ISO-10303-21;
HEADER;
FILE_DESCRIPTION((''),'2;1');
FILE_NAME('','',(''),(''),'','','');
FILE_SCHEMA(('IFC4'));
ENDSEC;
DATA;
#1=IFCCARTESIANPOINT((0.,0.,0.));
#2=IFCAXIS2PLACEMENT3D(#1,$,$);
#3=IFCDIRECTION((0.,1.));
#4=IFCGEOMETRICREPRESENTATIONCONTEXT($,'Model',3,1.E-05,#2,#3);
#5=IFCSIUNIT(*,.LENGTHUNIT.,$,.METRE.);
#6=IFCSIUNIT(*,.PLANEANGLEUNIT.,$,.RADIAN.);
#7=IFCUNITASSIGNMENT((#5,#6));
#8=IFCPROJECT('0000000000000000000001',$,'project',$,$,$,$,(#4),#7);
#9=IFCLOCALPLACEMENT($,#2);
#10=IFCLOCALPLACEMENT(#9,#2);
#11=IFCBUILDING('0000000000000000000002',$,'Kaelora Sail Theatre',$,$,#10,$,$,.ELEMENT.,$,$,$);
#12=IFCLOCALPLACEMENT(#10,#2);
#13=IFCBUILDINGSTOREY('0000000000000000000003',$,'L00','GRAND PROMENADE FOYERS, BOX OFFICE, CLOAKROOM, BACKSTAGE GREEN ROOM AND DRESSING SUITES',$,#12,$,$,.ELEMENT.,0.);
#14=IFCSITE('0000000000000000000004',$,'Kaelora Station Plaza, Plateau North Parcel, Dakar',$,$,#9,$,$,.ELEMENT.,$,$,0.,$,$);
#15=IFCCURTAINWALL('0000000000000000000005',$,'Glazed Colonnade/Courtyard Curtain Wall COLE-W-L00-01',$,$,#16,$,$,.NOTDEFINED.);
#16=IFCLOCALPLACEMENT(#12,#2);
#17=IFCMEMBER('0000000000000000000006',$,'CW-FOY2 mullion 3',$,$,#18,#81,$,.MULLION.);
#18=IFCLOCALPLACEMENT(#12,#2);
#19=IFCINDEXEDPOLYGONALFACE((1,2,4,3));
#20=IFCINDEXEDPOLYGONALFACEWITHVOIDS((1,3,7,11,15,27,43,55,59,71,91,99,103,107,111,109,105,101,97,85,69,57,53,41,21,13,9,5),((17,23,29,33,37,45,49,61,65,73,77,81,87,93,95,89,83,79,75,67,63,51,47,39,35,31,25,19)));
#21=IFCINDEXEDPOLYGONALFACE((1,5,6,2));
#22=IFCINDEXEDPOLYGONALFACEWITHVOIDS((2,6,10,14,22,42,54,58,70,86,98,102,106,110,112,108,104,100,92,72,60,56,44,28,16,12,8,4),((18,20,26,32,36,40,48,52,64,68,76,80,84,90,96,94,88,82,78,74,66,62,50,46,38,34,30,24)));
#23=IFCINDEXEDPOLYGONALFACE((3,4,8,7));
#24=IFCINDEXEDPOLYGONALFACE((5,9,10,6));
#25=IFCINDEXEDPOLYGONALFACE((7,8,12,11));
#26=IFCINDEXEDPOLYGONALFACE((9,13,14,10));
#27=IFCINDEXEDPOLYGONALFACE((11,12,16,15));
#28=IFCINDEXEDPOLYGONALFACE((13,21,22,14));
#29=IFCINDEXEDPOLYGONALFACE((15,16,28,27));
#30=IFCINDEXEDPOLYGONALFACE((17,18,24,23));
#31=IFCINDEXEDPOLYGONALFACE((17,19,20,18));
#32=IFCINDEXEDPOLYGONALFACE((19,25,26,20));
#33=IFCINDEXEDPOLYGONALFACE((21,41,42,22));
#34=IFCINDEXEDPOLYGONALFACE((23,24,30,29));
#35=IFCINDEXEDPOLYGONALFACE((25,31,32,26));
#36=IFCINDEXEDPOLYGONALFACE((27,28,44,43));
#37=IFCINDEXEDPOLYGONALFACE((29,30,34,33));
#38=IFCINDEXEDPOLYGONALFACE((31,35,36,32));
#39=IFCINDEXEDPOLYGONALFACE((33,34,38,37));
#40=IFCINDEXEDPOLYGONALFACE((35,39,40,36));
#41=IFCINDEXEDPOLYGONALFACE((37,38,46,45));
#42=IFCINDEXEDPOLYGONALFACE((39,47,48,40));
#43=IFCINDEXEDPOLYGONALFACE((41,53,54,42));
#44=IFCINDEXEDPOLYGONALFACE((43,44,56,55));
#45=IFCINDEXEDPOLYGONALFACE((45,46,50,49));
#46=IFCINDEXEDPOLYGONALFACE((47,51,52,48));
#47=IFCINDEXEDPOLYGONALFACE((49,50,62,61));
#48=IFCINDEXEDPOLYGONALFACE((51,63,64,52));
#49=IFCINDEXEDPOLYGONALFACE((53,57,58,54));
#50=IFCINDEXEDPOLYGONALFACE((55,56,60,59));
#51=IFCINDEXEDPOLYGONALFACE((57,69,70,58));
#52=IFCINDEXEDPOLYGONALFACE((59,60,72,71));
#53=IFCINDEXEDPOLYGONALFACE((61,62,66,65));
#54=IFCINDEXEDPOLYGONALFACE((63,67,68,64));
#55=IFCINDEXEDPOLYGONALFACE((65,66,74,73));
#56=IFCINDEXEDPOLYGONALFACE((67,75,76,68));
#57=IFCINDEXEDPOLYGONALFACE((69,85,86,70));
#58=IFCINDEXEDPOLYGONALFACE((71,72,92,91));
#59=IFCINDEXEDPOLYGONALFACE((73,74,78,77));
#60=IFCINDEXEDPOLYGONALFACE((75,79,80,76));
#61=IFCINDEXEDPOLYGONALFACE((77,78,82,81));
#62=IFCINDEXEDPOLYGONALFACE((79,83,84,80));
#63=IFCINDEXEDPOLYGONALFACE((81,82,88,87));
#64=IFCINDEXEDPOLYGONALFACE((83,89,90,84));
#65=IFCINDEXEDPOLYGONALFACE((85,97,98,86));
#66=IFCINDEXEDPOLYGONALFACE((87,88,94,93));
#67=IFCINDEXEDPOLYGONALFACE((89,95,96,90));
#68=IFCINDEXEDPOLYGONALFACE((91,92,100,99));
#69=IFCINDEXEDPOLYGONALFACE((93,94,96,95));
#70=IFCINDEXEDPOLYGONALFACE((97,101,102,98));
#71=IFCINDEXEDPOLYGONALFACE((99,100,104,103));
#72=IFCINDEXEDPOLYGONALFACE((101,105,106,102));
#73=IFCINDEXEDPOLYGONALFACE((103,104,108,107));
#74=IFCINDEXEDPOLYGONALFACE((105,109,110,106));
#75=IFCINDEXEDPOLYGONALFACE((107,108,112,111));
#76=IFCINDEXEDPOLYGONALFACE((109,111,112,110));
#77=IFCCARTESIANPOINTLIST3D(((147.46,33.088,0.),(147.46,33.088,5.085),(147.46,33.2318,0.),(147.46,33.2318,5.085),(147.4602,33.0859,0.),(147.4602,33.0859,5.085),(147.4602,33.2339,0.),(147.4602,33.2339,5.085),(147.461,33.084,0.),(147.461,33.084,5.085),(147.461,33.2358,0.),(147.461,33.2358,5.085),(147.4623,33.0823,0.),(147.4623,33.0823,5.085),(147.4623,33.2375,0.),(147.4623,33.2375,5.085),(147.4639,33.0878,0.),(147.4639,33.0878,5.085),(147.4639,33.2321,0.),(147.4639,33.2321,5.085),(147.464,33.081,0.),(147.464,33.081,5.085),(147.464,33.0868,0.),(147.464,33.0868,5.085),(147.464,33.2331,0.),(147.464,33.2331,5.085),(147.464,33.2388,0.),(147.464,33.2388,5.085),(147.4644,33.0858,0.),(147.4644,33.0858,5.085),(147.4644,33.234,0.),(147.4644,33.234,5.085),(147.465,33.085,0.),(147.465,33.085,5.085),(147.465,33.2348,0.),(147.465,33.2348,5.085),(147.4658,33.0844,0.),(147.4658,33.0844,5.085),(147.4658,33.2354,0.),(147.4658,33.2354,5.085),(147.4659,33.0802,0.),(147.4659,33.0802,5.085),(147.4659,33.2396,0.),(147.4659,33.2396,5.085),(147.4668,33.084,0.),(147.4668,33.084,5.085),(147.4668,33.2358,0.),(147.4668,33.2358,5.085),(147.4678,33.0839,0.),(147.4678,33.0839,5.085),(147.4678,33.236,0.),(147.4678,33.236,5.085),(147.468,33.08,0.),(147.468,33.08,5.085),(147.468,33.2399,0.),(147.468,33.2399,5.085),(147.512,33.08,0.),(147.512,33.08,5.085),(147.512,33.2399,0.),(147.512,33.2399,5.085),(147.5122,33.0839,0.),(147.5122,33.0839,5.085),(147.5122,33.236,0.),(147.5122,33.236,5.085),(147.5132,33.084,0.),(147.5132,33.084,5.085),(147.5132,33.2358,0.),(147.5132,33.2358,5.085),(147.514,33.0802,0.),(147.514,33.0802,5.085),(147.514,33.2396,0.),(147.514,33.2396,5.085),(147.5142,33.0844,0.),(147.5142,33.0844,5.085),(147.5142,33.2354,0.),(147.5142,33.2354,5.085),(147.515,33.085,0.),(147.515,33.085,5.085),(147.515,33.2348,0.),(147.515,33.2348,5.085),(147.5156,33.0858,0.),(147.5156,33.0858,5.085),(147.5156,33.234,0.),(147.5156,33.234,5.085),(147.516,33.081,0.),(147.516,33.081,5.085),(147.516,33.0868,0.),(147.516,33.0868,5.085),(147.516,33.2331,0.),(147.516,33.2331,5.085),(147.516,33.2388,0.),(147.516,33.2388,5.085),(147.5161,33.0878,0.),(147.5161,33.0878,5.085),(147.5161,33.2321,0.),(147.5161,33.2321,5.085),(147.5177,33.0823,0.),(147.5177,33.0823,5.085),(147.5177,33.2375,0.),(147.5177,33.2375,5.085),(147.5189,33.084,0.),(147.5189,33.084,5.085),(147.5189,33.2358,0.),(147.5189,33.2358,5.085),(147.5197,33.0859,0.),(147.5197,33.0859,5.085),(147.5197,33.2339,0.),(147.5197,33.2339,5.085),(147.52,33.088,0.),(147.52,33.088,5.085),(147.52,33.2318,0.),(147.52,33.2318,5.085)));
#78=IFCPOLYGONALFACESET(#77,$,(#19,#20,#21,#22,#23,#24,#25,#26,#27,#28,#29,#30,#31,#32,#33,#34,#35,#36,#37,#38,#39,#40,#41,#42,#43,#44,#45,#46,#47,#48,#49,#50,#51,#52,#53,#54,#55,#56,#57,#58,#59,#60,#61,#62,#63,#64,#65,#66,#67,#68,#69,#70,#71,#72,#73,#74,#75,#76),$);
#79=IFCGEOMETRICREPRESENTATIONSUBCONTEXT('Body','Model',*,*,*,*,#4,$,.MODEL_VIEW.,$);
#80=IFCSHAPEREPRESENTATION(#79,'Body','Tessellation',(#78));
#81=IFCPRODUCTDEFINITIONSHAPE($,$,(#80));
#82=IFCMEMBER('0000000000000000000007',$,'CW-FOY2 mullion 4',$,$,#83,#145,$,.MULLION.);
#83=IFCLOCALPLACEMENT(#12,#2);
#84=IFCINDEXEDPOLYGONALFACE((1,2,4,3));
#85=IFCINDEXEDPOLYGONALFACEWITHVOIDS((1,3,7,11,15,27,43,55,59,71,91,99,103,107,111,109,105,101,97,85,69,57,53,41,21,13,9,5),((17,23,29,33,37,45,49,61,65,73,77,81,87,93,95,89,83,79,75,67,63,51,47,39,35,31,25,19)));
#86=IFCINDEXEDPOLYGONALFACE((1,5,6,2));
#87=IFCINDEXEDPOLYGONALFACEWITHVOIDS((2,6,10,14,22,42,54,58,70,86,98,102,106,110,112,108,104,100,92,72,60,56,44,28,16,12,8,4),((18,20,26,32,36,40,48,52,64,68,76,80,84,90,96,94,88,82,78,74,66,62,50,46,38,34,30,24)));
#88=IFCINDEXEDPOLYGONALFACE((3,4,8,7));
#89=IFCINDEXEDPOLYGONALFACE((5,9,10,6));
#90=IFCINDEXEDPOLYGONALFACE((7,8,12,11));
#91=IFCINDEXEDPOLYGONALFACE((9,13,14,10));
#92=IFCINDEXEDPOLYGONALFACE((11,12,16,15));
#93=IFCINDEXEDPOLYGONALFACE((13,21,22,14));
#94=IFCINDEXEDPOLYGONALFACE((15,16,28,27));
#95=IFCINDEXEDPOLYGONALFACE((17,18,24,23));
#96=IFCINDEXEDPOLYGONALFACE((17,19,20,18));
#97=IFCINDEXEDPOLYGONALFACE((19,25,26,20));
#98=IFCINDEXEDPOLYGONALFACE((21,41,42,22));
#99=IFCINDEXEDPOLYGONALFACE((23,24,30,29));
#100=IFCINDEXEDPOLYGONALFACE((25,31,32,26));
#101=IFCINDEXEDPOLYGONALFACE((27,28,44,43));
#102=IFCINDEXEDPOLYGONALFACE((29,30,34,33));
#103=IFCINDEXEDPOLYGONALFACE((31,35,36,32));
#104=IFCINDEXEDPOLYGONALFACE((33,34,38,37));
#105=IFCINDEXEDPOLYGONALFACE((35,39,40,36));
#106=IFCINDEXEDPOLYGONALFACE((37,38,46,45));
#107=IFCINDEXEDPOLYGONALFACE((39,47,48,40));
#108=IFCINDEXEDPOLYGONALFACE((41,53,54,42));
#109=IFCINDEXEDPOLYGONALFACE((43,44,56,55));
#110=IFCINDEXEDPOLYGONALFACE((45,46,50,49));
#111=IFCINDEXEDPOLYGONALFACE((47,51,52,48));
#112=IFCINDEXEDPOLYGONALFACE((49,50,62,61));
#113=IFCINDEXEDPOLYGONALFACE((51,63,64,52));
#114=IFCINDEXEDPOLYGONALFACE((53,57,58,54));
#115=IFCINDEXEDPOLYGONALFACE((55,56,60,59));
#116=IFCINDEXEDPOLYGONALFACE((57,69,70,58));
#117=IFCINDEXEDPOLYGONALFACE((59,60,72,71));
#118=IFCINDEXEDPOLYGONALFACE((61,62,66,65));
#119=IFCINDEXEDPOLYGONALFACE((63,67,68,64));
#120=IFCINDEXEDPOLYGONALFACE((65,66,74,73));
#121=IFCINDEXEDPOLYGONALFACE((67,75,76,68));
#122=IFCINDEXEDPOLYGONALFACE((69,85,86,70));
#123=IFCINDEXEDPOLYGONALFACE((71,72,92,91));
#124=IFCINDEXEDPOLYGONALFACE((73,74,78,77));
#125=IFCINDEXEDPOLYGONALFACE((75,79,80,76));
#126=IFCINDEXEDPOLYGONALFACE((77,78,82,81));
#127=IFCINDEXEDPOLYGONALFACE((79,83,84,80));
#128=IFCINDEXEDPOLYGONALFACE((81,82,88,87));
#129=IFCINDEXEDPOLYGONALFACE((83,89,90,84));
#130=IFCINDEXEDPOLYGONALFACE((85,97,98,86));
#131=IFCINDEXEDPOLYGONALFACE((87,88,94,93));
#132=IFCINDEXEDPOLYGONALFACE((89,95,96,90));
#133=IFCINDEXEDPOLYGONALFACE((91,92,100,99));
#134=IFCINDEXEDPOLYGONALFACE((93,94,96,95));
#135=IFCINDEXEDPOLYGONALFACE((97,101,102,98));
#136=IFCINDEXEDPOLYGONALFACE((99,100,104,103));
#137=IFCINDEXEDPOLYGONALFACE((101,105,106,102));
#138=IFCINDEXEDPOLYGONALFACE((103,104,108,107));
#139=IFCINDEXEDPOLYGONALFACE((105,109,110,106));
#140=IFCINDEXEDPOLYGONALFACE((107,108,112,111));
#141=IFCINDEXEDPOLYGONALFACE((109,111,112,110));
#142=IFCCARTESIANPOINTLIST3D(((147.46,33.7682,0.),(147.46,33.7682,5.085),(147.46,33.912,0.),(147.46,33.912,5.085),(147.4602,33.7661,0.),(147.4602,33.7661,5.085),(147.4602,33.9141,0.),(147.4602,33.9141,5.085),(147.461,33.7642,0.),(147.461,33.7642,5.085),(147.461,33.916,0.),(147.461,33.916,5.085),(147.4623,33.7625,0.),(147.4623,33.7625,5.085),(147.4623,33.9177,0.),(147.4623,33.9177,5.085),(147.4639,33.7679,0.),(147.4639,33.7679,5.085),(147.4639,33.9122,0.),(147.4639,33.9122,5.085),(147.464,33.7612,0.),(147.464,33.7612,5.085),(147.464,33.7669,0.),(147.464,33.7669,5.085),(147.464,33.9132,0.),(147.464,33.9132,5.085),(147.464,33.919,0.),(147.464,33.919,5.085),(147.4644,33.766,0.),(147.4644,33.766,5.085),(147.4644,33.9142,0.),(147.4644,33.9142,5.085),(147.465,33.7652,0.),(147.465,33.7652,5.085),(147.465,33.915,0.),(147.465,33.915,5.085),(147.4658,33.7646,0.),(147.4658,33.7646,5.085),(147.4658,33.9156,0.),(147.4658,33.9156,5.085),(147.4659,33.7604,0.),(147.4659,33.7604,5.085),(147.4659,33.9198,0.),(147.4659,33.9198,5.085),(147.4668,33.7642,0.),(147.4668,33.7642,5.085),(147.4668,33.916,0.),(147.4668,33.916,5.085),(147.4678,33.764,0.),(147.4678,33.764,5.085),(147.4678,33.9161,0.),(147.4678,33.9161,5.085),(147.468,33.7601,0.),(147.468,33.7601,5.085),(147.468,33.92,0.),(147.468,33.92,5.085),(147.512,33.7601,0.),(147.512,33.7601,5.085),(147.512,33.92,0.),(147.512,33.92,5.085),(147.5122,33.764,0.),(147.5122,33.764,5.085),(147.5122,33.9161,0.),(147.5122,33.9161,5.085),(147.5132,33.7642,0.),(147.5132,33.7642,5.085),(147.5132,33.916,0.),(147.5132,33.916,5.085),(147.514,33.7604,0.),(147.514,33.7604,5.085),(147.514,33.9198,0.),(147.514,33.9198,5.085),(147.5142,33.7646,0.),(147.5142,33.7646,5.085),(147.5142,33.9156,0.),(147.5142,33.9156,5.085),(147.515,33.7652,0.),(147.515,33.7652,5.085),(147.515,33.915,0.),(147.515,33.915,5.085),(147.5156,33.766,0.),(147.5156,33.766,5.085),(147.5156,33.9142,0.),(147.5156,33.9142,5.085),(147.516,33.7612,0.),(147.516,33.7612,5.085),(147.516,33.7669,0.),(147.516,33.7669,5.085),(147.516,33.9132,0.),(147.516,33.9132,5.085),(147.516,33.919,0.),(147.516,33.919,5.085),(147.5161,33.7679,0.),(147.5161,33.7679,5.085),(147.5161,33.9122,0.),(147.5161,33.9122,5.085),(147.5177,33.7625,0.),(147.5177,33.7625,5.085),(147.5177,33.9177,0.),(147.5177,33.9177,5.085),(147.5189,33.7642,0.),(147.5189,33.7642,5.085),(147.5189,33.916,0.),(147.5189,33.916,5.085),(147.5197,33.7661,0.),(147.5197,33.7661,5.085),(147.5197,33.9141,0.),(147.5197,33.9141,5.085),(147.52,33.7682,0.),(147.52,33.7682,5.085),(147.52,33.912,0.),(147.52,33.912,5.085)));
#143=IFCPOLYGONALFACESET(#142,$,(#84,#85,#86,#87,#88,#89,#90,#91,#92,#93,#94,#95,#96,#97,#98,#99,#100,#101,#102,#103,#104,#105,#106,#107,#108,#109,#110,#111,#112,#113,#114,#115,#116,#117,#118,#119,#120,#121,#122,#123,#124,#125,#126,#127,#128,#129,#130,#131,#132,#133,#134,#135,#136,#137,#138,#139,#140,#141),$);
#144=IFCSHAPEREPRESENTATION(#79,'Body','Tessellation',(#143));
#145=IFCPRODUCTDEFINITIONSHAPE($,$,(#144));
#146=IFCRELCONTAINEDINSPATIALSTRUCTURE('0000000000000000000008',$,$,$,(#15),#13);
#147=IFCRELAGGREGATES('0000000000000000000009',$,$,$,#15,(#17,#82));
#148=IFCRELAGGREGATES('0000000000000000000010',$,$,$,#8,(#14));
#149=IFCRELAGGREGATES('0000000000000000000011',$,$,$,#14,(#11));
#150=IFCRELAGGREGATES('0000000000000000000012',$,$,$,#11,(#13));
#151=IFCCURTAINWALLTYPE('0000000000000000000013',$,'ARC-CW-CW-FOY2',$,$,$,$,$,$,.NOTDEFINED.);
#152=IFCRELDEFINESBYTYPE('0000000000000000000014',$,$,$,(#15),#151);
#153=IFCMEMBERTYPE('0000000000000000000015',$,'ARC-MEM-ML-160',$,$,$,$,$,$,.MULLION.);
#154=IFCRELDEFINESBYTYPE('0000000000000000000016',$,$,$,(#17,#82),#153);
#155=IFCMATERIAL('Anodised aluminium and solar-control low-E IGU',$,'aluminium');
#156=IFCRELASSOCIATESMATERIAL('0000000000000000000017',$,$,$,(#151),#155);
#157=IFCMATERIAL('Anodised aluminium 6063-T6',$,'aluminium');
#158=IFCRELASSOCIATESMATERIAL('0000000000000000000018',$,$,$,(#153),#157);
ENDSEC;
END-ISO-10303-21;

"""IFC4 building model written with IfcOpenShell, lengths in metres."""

from ifc_helpers import new_model, si_unit, direction, frame, origin, origin_2d, place, context, subcontext, project, spatial, hollow_rectangle, extrude, material, material_profile, profile_set, type_object, element, aggregate, save


model = new_model("IFC4")

# Units and contexts
model_context = context("Model", 3, precision=1e-05, world=origin(), true_north=direction((0.0, 1.0)))
body_context = subcontext(model_context, "Body", "Model", "MODEL_VIEW")
ifc_project = project(units=[si_unit("LENGTHUNIT", "METRE"), si_unit("PLANEANGLEUNIT", "RADIAN")], contexts=[model_context])

# Site, building, storey
site_placement = place(None, origin())
site = spatial("IfcSite", under=ifc_project, at=site_placement, Name="Kaelora Station Plaza, Plateau North Parcel, Dakar", CompositionType="ELEMENT", RefElevation=0.0)
building_placement = place(site_placement, origin())
building = spatial("IfcBuilding", under=site, at=building_placement, Name="Kaelora Sail Theatre", CompositionType="ELEMENT")
storey_placement = place(building_placement, origin())
storey = spatial("IfcBuildingStorey", under=building, at=storey_placement, Name="L00", Description="GRAND PROMENADE FOYERS, BOX OFFICE, CLOAKROOM, BACKSTAGE GREEN ROOM AND DRESSING SUITES", CompositionType="ELEMENT", Elevation=0.0)

# Curtain wall, members
ifc_material_1 = material(Name="Anodised aluminium and solar-control low-E IGU", Category="aluminium")
curtain_wall_type = type_object("IfcCurtainWallType", Name="ARC-CW-CW-FOY2", PredefinedType="NOTDEFINED", material=ifc_material_1)
curtain_wall_placement = place(storey_placement, origin())
curtain_wall = element("IfcCurtainWall", 1, at=curtain_wall_placement, inside=storey, type_object=curtain_wall_type, Name="Glazed Colonnade/Courtyard Curtain Wall COLE-W-L00-01", PredefinedType="NOTDEFINED")
ifc_material_2 = material(Name="Anodised aluminium 6063-T6", Category="aluminium")
ifc_material_profile_1 = material_profile(ifc_material_2, hollow_rectangle(XDim=0.0601, YDim=0.1599, WallThickness=0.0039, InnerFilletRadius=0.0039, OuterFilletRadius=0.0081, at=origin_2d()), Name="ALU-MULL 60x160x4")
ifc_profile_set_1 = profile_set([ifc_material_profile_1], Name="Anodised aluminium 6063-T6")
member_type_1 = type_object("IfcMemberType", Name="ARC-MEM-ML-160", PredefinedType="MULLION", material=ifc_profile_set_1)
member_1_placement = place(storey_placement, frame((147.49, 33.1599, 0.0), z_axis=(0.0, 0.0, 1.0), x_axis=(-1.0, 0.0, 0.0)))
member_1 = element("IfcMember", 2, at=member_1_placement, type_object=member_type_1, Name="CW-FOY2 mullion 3", PredefinedType="MULLION", context=body_context, shape_type="SweptSolid", body=[
    extrude(hollow_rectangle(XDim=0.0601, YDim=0.1599, WallThickness=0.0039, InnerFilletRadius=0.0039, OuterFilletRadius=0.0081, at=origin_2d()), origin(), (0.0, 0.0, 1.0), 5.085),
])
member_2_placement = place(storey_placement, frame((147.49, 33.8401, 0.0), z_axis=(0.0, 0.0, 1.0), x_axis=(-1.0, 0.0, 0.0)))
member_2 = element("IfcMember", 3, at=member_2_placement, type_object=member_type_1, Name="CW-FOY2 mullion 4", PredefinedType="MULLION", context=body_context, shape_type="SweptSolid", body=[
    extrude(hollow_rectangle(XDim=0.0601, YDim=0.1599, WallThickness=0.0039, InnerFilletRadius=0.0039, OuterFilletRadius=0.0081, at=origin_2d()), origin(), (0.0, 0.0, 1.0), 5.085),
])

aggregate(curtain_wall, [member_1, member_2])

save(model, "model.ifc")
